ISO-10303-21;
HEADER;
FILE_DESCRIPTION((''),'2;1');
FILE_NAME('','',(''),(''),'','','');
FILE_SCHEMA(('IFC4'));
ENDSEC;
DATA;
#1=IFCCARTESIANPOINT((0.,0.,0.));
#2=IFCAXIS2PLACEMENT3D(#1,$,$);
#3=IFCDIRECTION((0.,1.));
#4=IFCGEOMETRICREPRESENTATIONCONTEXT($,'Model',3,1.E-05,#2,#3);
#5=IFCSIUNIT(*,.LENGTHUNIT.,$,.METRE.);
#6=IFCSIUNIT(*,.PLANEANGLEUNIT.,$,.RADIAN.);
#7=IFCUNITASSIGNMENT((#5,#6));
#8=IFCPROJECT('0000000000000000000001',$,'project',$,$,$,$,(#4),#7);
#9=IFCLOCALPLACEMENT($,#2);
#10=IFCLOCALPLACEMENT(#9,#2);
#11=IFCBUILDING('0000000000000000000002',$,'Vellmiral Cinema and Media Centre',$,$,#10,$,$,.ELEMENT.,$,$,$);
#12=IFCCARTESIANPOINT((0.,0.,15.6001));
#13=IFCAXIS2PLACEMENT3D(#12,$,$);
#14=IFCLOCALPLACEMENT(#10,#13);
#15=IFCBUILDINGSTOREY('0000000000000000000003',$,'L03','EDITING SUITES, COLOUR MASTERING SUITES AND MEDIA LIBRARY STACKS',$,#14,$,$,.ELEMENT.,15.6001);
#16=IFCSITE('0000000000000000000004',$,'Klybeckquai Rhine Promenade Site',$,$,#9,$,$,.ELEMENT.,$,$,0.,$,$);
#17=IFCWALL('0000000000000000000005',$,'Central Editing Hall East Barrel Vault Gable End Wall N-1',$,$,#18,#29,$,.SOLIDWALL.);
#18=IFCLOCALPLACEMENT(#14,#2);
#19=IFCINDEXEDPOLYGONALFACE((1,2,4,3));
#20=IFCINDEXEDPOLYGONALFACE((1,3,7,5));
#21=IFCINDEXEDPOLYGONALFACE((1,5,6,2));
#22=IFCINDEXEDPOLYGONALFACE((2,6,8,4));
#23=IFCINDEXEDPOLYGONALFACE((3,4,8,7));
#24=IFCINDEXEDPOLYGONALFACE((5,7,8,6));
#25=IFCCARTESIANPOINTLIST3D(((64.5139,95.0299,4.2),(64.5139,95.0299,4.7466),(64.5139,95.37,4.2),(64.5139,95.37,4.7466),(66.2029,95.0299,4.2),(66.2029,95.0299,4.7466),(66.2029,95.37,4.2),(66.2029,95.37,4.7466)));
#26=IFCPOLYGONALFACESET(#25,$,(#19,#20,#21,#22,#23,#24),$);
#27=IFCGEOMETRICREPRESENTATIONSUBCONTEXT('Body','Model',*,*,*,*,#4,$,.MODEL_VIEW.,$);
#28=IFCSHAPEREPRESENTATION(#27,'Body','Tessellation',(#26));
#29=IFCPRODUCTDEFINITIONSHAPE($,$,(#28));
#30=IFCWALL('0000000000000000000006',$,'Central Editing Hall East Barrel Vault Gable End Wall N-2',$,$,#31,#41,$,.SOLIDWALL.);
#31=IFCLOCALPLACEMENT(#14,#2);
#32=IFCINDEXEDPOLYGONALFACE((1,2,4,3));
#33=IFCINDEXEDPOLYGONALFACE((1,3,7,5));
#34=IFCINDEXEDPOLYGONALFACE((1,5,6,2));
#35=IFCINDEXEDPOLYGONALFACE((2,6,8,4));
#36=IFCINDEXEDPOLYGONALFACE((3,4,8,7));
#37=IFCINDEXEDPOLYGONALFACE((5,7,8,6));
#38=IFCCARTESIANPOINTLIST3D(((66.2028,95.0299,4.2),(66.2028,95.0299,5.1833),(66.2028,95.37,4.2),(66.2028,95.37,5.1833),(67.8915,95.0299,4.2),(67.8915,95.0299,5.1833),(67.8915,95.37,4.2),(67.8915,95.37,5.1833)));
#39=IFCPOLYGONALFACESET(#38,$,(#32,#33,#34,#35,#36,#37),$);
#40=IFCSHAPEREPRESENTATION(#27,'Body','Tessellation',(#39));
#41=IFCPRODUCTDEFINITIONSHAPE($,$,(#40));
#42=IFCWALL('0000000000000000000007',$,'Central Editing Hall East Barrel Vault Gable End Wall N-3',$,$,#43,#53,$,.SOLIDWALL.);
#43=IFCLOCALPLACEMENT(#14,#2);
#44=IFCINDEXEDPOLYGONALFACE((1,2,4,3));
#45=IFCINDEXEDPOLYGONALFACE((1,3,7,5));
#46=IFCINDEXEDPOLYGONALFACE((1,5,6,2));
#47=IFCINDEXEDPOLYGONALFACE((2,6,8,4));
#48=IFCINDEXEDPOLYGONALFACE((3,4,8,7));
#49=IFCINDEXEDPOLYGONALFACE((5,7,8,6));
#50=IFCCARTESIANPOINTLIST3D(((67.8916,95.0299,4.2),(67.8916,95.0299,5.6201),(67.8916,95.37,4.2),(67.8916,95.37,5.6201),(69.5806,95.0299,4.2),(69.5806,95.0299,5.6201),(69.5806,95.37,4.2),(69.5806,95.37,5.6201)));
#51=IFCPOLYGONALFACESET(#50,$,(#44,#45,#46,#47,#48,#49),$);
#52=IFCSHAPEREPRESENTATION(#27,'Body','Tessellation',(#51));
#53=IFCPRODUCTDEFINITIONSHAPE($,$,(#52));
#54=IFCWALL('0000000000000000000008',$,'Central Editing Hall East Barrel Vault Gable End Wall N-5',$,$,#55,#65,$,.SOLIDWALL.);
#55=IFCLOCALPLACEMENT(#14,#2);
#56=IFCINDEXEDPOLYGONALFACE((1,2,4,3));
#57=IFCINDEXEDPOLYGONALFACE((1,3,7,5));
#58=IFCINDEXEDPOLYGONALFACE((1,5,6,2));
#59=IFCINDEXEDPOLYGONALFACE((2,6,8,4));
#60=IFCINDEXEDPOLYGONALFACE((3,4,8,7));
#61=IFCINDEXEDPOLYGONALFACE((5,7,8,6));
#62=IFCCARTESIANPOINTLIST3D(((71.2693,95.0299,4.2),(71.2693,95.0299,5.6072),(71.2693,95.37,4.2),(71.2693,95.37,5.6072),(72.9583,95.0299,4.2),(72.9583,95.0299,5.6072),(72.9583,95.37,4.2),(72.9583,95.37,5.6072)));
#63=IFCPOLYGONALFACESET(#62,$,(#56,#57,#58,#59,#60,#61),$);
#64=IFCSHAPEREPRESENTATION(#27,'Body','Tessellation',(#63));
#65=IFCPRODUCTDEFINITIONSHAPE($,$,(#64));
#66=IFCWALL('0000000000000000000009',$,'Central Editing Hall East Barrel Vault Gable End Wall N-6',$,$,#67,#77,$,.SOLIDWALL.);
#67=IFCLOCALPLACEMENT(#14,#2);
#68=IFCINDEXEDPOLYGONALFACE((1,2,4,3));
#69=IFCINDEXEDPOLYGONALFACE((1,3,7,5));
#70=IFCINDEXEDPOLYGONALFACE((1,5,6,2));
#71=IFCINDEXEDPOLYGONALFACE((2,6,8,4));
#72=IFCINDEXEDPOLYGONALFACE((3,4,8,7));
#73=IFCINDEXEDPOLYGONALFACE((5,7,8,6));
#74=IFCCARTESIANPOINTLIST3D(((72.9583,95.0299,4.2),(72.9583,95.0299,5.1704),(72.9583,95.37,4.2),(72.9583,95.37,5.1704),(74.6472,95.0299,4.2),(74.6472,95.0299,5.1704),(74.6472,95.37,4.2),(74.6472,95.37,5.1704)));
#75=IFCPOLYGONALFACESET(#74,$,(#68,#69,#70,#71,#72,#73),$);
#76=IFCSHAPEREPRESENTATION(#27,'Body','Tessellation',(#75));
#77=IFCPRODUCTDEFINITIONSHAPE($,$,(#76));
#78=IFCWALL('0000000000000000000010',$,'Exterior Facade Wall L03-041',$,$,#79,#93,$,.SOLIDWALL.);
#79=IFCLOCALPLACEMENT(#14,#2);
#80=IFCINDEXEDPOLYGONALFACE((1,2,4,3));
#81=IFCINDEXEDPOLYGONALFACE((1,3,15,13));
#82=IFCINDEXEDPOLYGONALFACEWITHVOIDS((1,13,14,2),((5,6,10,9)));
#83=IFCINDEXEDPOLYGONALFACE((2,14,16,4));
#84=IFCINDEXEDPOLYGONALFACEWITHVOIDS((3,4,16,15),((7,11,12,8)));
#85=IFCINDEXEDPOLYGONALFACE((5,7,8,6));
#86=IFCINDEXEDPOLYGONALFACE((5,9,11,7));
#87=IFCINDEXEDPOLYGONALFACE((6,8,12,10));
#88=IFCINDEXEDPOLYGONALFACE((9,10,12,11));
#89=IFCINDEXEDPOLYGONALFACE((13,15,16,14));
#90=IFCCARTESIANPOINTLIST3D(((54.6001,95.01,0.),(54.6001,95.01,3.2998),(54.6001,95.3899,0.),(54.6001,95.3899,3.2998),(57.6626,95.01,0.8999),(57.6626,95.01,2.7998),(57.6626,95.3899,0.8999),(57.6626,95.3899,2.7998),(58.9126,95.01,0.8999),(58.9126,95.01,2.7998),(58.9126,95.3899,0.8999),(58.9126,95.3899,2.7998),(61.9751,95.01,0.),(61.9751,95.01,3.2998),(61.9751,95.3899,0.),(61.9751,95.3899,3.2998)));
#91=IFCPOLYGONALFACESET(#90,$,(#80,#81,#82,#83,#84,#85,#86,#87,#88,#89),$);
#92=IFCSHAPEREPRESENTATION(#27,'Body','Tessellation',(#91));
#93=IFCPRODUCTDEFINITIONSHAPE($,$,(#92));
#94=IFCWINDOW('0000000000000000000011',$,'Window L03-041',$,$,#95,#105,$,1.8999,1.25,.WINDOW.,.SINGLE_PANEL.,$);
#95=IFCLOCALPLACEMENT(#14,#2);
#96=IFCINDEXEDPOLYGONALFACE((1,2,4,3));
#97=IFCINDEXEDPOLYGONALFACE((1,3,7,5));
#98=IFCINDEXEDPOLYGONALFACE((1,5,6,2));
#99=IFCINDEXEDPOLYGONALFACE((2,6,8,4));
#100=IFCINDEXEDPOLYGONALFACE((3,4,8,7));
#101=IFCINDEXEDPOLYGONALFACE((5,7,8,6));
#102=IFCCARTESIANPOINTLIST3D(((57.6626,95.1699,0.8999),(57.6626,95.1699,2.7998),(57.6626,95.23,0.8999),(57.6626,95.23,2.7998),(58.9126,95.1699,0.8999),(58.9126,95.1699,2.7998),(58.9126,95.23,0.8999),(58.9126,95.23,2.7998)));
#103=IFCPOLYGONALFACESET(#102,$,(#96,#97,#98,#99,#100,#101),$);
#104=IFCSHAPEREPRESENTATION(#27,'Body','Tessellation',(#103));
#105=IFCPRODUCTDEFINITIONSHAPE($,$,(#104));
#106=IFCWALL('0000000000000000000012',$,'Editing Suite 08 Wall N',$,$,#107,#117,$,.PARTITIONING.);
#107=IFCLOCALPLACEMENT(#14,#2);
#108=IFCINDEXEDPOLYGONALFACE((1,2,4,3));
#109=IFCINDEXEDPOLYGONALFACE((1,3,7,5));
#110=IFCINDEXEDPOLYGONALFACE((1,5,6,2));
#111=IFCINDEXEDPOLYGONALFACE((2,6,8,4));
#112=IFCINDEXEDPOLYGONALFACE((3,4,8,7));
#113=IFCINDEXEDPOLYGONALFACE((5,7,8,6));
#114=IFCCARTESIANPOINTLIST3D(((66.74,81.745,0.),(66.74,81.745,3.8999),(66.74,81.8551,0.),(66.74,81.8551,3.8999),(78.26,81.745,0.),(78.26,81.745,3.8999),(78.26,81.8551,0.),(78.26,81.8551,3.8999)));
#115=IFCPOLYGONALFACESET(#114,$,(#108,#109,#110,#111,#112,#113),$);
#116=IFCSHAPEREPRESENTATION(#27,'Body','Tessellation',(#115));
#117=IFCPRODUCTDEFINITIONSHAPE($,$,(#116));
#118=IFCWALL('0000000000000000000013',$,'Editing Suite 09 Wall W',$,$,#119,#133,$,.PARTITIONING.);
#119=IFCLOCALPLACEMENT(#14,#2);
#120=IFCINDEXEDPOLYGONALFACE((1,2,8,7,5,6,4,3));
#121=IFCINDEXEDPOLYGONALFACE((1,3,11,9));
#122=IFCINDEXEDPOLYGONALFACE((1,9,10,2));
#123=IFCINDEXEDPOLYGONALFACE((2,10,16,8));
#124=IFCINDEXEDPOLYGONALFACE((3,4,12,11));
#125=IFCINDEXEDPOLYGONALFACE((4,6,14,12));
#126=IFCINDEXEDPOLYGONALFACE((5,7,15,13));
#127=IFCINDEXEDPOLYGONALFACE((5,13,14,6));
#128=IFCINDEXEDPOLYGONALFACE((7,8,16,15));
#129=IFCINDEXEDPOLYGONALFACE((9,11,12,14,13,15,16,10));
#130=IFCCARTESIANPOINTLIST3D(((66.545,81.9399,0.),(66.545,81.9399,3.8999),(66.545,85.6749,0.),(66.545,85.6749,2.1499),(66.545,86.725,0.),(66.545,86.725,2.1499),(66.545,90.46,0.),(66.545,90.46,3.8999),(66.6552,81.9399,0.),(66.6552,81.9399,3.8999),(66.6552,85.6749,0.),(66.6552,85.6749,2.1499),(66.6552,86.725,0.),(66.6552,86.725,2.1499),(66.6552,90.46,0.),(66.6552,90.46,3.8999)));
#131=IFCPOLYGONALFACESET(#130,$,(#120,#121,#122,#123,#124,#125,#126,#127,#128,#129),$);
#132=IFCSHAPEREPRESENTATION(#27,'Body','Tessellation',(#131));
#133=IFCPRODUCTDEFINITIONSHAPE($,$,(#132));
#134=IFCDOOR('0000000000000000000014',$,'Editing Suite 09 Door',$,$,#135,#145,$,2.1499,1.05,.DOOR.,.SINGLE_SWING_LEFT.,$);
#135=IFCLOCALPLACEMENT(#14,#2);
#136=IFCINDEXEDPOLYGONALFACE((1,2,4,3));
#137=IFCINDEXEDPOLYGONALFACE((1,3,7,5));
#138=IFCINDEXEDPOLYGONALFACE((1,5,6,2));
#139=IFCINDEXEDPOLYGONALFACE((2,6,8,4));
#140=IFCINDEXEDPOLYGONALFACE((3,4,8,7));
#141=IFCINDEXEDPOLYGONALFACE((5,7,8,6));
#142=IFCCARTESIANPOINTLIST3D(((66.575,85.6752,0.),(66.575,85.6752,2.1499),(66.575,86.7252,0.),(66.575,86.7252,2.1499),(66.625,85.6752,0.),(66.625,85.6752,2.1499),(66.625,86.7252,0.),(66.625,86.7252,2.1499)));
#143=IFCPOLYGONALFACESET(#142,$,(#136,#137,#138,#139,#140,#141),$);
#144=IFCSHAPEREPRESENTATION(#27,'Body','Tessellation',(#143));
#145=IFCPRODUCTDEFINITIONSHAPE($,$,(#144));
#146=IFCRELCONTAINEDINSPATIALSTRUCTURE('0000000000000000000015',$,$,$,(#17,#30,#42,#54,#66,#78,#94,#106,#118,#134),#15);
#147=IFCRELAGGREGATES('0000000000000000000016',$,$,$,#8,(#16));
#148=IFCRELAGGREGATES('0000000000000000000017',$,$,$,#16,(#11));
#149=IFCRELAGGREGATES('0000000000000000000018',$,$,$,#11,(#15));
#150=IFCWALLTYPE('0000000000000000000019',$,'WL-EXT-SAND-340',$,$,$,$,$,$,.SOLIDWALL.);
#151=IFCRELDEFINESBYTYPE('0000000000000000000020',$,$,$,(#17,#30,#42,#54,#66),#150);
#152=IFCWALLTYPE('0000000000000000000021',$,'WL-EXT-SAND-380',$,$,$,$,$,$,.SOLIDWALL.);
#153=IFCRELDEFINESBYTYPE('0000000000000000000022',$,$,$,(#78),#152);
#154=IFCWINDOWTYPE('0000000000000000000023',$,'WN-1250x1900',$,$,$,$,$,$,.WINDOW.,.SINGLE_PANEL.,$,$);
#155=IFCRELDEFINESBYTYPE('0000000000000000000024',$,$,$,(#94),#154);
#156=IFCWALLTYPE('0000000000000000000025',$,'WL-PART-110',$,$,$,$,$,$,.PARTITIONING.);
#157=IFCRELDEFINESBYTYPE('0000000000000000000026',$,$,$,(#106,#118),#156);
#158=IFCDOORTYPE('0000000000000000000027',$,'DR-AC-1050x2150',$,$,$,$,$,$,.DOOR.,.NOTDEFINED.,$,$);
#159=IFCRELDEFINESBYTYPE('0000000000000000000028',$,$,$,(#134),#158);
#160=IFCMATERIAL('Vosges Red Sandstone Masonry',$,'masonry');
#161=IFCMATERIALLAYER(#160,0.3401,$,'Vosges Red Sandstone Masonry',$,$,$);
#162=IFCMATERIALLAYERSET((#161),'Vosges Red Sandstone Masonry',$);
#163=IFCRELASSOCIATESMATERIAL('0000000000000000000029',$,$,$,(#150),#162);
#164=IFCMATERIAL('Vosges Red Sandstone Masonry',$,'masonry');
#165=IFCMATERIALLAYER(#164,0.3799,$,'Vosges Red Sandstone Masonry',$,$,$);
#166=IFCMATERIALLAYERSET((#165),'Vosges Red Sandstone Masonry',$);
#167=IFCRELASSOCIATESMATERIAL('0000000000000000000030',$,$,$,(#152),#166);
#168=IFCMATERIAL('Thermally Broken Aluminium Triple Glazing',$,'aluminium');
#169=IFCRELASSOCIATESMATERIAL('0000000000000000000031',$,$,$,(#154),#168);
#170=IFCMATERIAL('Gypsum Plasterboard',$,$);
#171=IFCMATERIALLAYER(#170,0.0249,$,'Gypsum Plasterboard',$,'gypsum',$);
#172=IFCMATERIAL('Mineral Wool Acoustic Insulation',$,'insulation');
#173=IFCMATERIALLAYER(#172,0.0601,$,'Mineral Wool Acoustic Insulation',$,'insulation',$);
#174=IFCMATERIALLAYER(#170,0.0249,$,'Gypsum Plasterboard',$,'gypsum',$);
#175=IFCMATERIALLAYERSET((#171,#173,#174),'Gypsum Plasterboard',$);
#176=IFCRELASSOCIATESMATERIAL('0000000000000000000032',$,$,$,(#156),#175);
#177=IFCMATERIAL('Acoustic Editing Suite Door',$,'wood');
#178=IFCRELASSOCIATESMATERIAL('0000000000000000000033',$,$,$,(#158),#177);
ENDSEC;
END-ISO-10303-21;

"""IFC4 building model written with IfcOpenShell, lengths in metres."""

from ifc_helpers import new_model, si_unit, direction, frame, frame_2d, origin, place, context, subcontext, project, spatial, rectangle, extrude, material, layer, layer_set, type_object, element, fill, save


model = new_model("IFC4")

# Units and contexts
model_context = context("Model", 3, precision=1e-05, world=origin(), true_north=direction((0.0, 1.0)))
body_context = subcontext(model_context, "Body", "Model", "MODEL_VIEW")
ifc_project = project(units=[si_unit("LENGTHUNIT", "METRE"), si_unit("PLANEANGLEUNIT", "RADIAN")], contexts=[model_context])

# Site, building, storey
site_placement = place(None, origin())
site = spatial("IfcSite", under=ifc_project, at=site_placement, Name="Klybeckquai Rhine Promenade Site", CompositionType="ELEMENT", RefElevation=0.0)
building_placement = place(site_placement, origin())
building = spatial("IfcBuilding", under=site, at=building_placement, Name="Vellmiral Cinema and Media Centre", CompositionType="ELEMENT")
storey_placement = place(building_placement, frame((0.0, 0.0, 15.6001)))
storey = spatial("IfcBuildingStorey", under=building, at=storey_placement, Name="L03", Description="EDITING SUITES, COLOUR MASTERING SUITES AND MEDIA LIBRARY STACKS", CompositionType="ELEMENT", Elevation=15.6001)

# Walls
ifc_material_1 = material(Name="Vosges Red Sandstone Masonry", Category="masonry")
ifc_layer_1 = layer(ifc_material_1, 0.3401, Name="Vosges Red Sandstone Masonry")
ifc_layer_set_1 = layer_set([ifc_layer_1], Name="Vosges Red Sandstone Masonry")
wall_type_1 = type_object("IfcWallType", Name="WL-EXT-SAND-340", PredefinedType="SOLIDWALL", material=ifc_layer_set_1)
wall_1_placement = place(storey_placement, frame((64.5139, 95.2, 4.2), z_axis=(0.0, 0.0, 1.0), x_axis=(1.0, 0.0, 0.0)))
element("IfcWall", 1, at=wall_1_placement, inside=storey, type_object=wall_type_1, Name="Central Editing Hall East Barrel Vault Gable End Wall N-1", PredefinedType="SOLIDWALL", context=body_context, shape_type="SweptSolid", body=[
    extrude(rectangle(XDim=1.689, YDim=0.3401, at=frame_2d((0.8445, 0.0))), origin(), (0.0, 0.0, 1.0), 0.5466),
])
wall_2_placement = place(storey_placement, frame((66.2029, 95.2, 4.2), z_axis=(0.0, 0.0, 1.0), x_axis=(1.0, 0.0, 0.0)))
element("IfcWall", 2, at=wall_2_placement, inside=storey, type_object=wall_type_1, Name="Central Editing Hall East Barrel Vault Gable End Wall N-2", PredefinedType="SOLIDWALL", context=body_context, shape_type="SweptSolid", body=[
    extrude(rectangle(XDim=1.6887, YDim=0.3401, at=frame_2d((0.8442, 0.0))), origin(), (0.0, 0.0, 1.0), 0.9834),
])
wall_3_placement = place(storey_placement, frame((67.8916, 95.2, 4.2), z_axis=(0.0, 0.0, 1.0), x_axis=(1.0, 0.0, 0.0)))
element("IfcWall", 3, at=wall_3_placement, inside=storey, type_object=wall_type_1, Name="Central Editing Hall East Barrel Vault Gable End Wall N-3", PredefinedType="SOLIDWALL", context=body_context, shape_type="SweptSolid", body=[
    extrude(rectangle(XDim=1.689, YDim=0.3401, at=frame_2d((0.8445, 0.0))), origin(), (0.0, 0.0, 1.0), 1.4202),
])
wall_4_placement = place(storey_placement, frame((71.2693, 95.2, 4.2), z_axis=(0.0, 0.0, 1.0), x_axis=(1.0, 0.0, 0.0)))
element("IfcWall", 4, at=wall_4_placement, inside=storey, type_object=wall_type_1, Name="Central Editing Hall East Barrel Vault Gable End Wall N-5", PredefinedType="SOLIDWALL", context=body_context, shape_type="SweptSolid", body=[
    extrude(rectangle(XDim=1.689, YDim=0.3401, at=frame_2d((0.8445, 0.0))), origin(), (0.0, 0.0, 1.0), 1.4072),
])
wall_5_placement = place(storey_placement, frame((72.9583, 95.2, 4.2), z_axis=(0.0, 0.0, 1.0), x_axis=(1.0, 0.0, 0.0)))
element("IfcWall", 5, at=wall_5_placement, inside=storey, type_object=wall_type_1, Name="Central Editing Hall East Barrel Vault Gable End Wall N-6", PredefinedType="SOLIDWALL", context=body_context, shape_type="SweptSolid", body=[
    extrude(rectangle(XDim=1.689, YDim=0.3401, at=frame_2d((0.8445, 0.0))), origin(), (0.0, 0.0, 1.0), 0.9705),
])

# Wall, opening, window
ifc_material_2 = material(Name="Vosges Red Sandstone Masonry", Category="masonry")
ifc_layer_2 = layer(ifc_material_2, 0.3799, Name="Vosges Red Sandstone Masonry")
ifc_layer_set_2 = layer_set([ifc_layer_2], Name="Vosges Red Sandstone Masonry")
wall_type_2 = type_object("IfcWallType", Name="WL-EXT-SAND-380", PredefinedType="SOLIDWALL", material=ifc_layer_set_2)
wall_6_placement = place(storey_placement, frame((61.9751, 95.2, 0.0), z_axis=(0.0, 0.0, 1.0), x_axis=(-1.0, 0.0, 0.0)))
wall_6 = element("IfcWall", 6, at=wall_6_placement, inside=storey, type_object=wall_type_2, Name="Exterior Facade Wall L03-041", PredefinedType="SOLIDWALL", context=body_context, shape_type="SweptSolid", body=[
    extrude(rectangle(XDim=7.375, YDim=0.3799, at=frame_2d((3.6875, 0.0))), origin(), (0.0, 0.0, 1.0), 3.2998),
])
opening_1_placement = place(wall_6_placement, frame((3.0625, 0.0, 0.8999)))
opening_1 = element("IfcOpeningElement", 7, at=opening_1_placement, cuts=wall_6, PredefinedType="OPENING", context=body_context, shape_type="SweptSolid", body=[
    extrude(rectangle(XDim=1.25, YDim=1.8999, at=frame_2d((0.625, 0.95))), frame((0.0, 0.2019, 0.0), z_axis=(0.0, -1.0, 0.0), x_axis=(1.0, 0.0, 0.0)), (0.0, 0.0, 1.0), 0.4038),
])
ifc_material_3 = material(Name="Thermally Broken Aluminium Triple Glazing", Category="aluminium")
window_type = type_object("IfcWindowType", Name="WN-1250x1900", PartitioningType="SINGLE_PANEL", PredefinedType="WINDOW", material=ifc_material_3)
window_placement = place(opening_1_placement, origin())
window = element("IfcWindow", 8, at=window_placement, inside=storey, type_object=window_type, Name="Window L03-041", OverallHeight=1.8999, OverallWidth=1.25, PartitioningType="SINGLE_PANEL", PredefinedType="WINDOW", context=body_context, shape_type="SweptSolid", body=[
    extrude(rectangle(XDim=1.25, YDim=1.8999, at=frame_2d((0.625, 0.95))), frame((0.0, 0.03, 0.0), z_axis=(0.0, -1.0, 0.0), x_axis=(1.0, 0.0, 0.0)), (0.0, 0.0, 1.0), 0.0601),
])
fill(opening_1, window)

# Wall
ifc_material_4 = material(Name="Gypsum Plasterboard")
ifc_layer_3 = layer(ifc_material_4, 0.0249, Name="Gypsum Plasterboard", Category="gypsum")
ifc_material_5 = material(Name="Mineral Wool Acoustic Insulation", Category="insulation")
ifc_layer_4 = layer(ifc_material_5, 0.0601, Name="Mineral Wool Acoustic Insulation", Category="insulation")
ifc_layer_5 = layer(ifc_material_4, 0.0249, Name="Gypsum Plasterboard", Category="gypsum")
ifc_layer_set_3 = layer_set([ifc_layer_3, ifc_layer_4, ifc_layer_5], Name="Gypsum Plasterboard")
wall_type_3 = type_object("IfcWallType", Name="WL-PART-110", PredefinedType="PARTITIONING", material=ifc_layer_set_3)
wall_7_placement = place(storey_placement, frame((66.74, 81.8, 0.0), z_axis=(0.0, 0.0, 1.0), x_axis=(1.0, 0.0, 0.0)))
element("IfcWall", 9, at=wall_7_placement, inside=storey, type_object=wall_type_3, Name="Editing Suite 08 Wall N", PredefinedType="PARTITIONING", context=body_context, shape_type="SweptSolid", body=[
    extrude(rectangle(XDim=11.52, YDim=0.1101, at=frame_2d((5.76, 0.0))), origin(), (0.0, 0.0, 1.0), 3.8999),
])

# Wall, opening, door
wall_8_placement = place(storey_placement, frame((66.6001, 81.9399, 0.0), z_axis=(0.0, 0.0, 1.0), x_axis=(0.0, 1.0, 0.0)))
wall_8 = element("IfcWall", 10, at=wall_8_placement, inside=storey, type_object=wall_type_3, Name="Editing Suite 09 Wall W", PredefinedType="PARTITIONING", context=body_context, shape_type="SweptSolid", body=[
    extrude(rectangle(XDim=8.52, YDim=0.1101, at=frame_2d((4.26, 0.0))), origin(), (0.0, 0.0, 1.0), 3.8999),
])
opening_2_placement = place(wall_8_placement, frame((3.7351, 0.0, 0.0)))
opening_2 = element("IfcOpeningElement", 11, at=opening_2_placement, cuts=wall_8, PredefinedType="OPENING", context=body_context, shape_type="SweptSolid", body=[
    extrude(rectangle(XDim=1.05, YDim=2.1499, at=frame_2d((0.5249, 1.075))), frame((0.0, 0.0669, 0.0), z_axis=(0.0, -1.0, 0.0), x_axis=(1.0, 0.0, 0.0)), (0.0, 0.0, 1.0), 0.134),
])
ifc_material_6 = material(Name="Acoustic Editing Suite Door", Category="wood")
door_type = type_object("IfcDoorType", Name="DR-AC-1050x2150", OperationType="NOTDEFINED", PredefinedType="DOOR", material=ifc_material_6)
door_1_placement = place(opening_2_placement, frame((1.05, 0.0, 0.0), z_axis=(0.0, 0.0, 1.0), x_axis=(-1.0, 0.0, 0.0)))
door_1 = element("IfcDoor", 12, at=door_1_placement, inside=storey, type_object=door_type, Name="Editing Suite 09 Door", OperationType="SINGLE_SWING_LEFT", OverallHeight=2.1499, OverallWidth=1.05, PredefinedType="DOOR", context=body_context, shape_type="SweptSolid", body=[
    extrude(rectangle(XDim=1.05, YDim=2.1499, at=frame_2d((0.5249, 1.075))), frame((0.0, 0.0249, 0.0), z_axis=(0.0, -1.0, 0.0), x_axis=(1.0, 0.0, 0.0)), (0.0, 0.0, 1.0), 0.05),
])
fill(opening_2, door_1)

save(model, "model.ifc")
